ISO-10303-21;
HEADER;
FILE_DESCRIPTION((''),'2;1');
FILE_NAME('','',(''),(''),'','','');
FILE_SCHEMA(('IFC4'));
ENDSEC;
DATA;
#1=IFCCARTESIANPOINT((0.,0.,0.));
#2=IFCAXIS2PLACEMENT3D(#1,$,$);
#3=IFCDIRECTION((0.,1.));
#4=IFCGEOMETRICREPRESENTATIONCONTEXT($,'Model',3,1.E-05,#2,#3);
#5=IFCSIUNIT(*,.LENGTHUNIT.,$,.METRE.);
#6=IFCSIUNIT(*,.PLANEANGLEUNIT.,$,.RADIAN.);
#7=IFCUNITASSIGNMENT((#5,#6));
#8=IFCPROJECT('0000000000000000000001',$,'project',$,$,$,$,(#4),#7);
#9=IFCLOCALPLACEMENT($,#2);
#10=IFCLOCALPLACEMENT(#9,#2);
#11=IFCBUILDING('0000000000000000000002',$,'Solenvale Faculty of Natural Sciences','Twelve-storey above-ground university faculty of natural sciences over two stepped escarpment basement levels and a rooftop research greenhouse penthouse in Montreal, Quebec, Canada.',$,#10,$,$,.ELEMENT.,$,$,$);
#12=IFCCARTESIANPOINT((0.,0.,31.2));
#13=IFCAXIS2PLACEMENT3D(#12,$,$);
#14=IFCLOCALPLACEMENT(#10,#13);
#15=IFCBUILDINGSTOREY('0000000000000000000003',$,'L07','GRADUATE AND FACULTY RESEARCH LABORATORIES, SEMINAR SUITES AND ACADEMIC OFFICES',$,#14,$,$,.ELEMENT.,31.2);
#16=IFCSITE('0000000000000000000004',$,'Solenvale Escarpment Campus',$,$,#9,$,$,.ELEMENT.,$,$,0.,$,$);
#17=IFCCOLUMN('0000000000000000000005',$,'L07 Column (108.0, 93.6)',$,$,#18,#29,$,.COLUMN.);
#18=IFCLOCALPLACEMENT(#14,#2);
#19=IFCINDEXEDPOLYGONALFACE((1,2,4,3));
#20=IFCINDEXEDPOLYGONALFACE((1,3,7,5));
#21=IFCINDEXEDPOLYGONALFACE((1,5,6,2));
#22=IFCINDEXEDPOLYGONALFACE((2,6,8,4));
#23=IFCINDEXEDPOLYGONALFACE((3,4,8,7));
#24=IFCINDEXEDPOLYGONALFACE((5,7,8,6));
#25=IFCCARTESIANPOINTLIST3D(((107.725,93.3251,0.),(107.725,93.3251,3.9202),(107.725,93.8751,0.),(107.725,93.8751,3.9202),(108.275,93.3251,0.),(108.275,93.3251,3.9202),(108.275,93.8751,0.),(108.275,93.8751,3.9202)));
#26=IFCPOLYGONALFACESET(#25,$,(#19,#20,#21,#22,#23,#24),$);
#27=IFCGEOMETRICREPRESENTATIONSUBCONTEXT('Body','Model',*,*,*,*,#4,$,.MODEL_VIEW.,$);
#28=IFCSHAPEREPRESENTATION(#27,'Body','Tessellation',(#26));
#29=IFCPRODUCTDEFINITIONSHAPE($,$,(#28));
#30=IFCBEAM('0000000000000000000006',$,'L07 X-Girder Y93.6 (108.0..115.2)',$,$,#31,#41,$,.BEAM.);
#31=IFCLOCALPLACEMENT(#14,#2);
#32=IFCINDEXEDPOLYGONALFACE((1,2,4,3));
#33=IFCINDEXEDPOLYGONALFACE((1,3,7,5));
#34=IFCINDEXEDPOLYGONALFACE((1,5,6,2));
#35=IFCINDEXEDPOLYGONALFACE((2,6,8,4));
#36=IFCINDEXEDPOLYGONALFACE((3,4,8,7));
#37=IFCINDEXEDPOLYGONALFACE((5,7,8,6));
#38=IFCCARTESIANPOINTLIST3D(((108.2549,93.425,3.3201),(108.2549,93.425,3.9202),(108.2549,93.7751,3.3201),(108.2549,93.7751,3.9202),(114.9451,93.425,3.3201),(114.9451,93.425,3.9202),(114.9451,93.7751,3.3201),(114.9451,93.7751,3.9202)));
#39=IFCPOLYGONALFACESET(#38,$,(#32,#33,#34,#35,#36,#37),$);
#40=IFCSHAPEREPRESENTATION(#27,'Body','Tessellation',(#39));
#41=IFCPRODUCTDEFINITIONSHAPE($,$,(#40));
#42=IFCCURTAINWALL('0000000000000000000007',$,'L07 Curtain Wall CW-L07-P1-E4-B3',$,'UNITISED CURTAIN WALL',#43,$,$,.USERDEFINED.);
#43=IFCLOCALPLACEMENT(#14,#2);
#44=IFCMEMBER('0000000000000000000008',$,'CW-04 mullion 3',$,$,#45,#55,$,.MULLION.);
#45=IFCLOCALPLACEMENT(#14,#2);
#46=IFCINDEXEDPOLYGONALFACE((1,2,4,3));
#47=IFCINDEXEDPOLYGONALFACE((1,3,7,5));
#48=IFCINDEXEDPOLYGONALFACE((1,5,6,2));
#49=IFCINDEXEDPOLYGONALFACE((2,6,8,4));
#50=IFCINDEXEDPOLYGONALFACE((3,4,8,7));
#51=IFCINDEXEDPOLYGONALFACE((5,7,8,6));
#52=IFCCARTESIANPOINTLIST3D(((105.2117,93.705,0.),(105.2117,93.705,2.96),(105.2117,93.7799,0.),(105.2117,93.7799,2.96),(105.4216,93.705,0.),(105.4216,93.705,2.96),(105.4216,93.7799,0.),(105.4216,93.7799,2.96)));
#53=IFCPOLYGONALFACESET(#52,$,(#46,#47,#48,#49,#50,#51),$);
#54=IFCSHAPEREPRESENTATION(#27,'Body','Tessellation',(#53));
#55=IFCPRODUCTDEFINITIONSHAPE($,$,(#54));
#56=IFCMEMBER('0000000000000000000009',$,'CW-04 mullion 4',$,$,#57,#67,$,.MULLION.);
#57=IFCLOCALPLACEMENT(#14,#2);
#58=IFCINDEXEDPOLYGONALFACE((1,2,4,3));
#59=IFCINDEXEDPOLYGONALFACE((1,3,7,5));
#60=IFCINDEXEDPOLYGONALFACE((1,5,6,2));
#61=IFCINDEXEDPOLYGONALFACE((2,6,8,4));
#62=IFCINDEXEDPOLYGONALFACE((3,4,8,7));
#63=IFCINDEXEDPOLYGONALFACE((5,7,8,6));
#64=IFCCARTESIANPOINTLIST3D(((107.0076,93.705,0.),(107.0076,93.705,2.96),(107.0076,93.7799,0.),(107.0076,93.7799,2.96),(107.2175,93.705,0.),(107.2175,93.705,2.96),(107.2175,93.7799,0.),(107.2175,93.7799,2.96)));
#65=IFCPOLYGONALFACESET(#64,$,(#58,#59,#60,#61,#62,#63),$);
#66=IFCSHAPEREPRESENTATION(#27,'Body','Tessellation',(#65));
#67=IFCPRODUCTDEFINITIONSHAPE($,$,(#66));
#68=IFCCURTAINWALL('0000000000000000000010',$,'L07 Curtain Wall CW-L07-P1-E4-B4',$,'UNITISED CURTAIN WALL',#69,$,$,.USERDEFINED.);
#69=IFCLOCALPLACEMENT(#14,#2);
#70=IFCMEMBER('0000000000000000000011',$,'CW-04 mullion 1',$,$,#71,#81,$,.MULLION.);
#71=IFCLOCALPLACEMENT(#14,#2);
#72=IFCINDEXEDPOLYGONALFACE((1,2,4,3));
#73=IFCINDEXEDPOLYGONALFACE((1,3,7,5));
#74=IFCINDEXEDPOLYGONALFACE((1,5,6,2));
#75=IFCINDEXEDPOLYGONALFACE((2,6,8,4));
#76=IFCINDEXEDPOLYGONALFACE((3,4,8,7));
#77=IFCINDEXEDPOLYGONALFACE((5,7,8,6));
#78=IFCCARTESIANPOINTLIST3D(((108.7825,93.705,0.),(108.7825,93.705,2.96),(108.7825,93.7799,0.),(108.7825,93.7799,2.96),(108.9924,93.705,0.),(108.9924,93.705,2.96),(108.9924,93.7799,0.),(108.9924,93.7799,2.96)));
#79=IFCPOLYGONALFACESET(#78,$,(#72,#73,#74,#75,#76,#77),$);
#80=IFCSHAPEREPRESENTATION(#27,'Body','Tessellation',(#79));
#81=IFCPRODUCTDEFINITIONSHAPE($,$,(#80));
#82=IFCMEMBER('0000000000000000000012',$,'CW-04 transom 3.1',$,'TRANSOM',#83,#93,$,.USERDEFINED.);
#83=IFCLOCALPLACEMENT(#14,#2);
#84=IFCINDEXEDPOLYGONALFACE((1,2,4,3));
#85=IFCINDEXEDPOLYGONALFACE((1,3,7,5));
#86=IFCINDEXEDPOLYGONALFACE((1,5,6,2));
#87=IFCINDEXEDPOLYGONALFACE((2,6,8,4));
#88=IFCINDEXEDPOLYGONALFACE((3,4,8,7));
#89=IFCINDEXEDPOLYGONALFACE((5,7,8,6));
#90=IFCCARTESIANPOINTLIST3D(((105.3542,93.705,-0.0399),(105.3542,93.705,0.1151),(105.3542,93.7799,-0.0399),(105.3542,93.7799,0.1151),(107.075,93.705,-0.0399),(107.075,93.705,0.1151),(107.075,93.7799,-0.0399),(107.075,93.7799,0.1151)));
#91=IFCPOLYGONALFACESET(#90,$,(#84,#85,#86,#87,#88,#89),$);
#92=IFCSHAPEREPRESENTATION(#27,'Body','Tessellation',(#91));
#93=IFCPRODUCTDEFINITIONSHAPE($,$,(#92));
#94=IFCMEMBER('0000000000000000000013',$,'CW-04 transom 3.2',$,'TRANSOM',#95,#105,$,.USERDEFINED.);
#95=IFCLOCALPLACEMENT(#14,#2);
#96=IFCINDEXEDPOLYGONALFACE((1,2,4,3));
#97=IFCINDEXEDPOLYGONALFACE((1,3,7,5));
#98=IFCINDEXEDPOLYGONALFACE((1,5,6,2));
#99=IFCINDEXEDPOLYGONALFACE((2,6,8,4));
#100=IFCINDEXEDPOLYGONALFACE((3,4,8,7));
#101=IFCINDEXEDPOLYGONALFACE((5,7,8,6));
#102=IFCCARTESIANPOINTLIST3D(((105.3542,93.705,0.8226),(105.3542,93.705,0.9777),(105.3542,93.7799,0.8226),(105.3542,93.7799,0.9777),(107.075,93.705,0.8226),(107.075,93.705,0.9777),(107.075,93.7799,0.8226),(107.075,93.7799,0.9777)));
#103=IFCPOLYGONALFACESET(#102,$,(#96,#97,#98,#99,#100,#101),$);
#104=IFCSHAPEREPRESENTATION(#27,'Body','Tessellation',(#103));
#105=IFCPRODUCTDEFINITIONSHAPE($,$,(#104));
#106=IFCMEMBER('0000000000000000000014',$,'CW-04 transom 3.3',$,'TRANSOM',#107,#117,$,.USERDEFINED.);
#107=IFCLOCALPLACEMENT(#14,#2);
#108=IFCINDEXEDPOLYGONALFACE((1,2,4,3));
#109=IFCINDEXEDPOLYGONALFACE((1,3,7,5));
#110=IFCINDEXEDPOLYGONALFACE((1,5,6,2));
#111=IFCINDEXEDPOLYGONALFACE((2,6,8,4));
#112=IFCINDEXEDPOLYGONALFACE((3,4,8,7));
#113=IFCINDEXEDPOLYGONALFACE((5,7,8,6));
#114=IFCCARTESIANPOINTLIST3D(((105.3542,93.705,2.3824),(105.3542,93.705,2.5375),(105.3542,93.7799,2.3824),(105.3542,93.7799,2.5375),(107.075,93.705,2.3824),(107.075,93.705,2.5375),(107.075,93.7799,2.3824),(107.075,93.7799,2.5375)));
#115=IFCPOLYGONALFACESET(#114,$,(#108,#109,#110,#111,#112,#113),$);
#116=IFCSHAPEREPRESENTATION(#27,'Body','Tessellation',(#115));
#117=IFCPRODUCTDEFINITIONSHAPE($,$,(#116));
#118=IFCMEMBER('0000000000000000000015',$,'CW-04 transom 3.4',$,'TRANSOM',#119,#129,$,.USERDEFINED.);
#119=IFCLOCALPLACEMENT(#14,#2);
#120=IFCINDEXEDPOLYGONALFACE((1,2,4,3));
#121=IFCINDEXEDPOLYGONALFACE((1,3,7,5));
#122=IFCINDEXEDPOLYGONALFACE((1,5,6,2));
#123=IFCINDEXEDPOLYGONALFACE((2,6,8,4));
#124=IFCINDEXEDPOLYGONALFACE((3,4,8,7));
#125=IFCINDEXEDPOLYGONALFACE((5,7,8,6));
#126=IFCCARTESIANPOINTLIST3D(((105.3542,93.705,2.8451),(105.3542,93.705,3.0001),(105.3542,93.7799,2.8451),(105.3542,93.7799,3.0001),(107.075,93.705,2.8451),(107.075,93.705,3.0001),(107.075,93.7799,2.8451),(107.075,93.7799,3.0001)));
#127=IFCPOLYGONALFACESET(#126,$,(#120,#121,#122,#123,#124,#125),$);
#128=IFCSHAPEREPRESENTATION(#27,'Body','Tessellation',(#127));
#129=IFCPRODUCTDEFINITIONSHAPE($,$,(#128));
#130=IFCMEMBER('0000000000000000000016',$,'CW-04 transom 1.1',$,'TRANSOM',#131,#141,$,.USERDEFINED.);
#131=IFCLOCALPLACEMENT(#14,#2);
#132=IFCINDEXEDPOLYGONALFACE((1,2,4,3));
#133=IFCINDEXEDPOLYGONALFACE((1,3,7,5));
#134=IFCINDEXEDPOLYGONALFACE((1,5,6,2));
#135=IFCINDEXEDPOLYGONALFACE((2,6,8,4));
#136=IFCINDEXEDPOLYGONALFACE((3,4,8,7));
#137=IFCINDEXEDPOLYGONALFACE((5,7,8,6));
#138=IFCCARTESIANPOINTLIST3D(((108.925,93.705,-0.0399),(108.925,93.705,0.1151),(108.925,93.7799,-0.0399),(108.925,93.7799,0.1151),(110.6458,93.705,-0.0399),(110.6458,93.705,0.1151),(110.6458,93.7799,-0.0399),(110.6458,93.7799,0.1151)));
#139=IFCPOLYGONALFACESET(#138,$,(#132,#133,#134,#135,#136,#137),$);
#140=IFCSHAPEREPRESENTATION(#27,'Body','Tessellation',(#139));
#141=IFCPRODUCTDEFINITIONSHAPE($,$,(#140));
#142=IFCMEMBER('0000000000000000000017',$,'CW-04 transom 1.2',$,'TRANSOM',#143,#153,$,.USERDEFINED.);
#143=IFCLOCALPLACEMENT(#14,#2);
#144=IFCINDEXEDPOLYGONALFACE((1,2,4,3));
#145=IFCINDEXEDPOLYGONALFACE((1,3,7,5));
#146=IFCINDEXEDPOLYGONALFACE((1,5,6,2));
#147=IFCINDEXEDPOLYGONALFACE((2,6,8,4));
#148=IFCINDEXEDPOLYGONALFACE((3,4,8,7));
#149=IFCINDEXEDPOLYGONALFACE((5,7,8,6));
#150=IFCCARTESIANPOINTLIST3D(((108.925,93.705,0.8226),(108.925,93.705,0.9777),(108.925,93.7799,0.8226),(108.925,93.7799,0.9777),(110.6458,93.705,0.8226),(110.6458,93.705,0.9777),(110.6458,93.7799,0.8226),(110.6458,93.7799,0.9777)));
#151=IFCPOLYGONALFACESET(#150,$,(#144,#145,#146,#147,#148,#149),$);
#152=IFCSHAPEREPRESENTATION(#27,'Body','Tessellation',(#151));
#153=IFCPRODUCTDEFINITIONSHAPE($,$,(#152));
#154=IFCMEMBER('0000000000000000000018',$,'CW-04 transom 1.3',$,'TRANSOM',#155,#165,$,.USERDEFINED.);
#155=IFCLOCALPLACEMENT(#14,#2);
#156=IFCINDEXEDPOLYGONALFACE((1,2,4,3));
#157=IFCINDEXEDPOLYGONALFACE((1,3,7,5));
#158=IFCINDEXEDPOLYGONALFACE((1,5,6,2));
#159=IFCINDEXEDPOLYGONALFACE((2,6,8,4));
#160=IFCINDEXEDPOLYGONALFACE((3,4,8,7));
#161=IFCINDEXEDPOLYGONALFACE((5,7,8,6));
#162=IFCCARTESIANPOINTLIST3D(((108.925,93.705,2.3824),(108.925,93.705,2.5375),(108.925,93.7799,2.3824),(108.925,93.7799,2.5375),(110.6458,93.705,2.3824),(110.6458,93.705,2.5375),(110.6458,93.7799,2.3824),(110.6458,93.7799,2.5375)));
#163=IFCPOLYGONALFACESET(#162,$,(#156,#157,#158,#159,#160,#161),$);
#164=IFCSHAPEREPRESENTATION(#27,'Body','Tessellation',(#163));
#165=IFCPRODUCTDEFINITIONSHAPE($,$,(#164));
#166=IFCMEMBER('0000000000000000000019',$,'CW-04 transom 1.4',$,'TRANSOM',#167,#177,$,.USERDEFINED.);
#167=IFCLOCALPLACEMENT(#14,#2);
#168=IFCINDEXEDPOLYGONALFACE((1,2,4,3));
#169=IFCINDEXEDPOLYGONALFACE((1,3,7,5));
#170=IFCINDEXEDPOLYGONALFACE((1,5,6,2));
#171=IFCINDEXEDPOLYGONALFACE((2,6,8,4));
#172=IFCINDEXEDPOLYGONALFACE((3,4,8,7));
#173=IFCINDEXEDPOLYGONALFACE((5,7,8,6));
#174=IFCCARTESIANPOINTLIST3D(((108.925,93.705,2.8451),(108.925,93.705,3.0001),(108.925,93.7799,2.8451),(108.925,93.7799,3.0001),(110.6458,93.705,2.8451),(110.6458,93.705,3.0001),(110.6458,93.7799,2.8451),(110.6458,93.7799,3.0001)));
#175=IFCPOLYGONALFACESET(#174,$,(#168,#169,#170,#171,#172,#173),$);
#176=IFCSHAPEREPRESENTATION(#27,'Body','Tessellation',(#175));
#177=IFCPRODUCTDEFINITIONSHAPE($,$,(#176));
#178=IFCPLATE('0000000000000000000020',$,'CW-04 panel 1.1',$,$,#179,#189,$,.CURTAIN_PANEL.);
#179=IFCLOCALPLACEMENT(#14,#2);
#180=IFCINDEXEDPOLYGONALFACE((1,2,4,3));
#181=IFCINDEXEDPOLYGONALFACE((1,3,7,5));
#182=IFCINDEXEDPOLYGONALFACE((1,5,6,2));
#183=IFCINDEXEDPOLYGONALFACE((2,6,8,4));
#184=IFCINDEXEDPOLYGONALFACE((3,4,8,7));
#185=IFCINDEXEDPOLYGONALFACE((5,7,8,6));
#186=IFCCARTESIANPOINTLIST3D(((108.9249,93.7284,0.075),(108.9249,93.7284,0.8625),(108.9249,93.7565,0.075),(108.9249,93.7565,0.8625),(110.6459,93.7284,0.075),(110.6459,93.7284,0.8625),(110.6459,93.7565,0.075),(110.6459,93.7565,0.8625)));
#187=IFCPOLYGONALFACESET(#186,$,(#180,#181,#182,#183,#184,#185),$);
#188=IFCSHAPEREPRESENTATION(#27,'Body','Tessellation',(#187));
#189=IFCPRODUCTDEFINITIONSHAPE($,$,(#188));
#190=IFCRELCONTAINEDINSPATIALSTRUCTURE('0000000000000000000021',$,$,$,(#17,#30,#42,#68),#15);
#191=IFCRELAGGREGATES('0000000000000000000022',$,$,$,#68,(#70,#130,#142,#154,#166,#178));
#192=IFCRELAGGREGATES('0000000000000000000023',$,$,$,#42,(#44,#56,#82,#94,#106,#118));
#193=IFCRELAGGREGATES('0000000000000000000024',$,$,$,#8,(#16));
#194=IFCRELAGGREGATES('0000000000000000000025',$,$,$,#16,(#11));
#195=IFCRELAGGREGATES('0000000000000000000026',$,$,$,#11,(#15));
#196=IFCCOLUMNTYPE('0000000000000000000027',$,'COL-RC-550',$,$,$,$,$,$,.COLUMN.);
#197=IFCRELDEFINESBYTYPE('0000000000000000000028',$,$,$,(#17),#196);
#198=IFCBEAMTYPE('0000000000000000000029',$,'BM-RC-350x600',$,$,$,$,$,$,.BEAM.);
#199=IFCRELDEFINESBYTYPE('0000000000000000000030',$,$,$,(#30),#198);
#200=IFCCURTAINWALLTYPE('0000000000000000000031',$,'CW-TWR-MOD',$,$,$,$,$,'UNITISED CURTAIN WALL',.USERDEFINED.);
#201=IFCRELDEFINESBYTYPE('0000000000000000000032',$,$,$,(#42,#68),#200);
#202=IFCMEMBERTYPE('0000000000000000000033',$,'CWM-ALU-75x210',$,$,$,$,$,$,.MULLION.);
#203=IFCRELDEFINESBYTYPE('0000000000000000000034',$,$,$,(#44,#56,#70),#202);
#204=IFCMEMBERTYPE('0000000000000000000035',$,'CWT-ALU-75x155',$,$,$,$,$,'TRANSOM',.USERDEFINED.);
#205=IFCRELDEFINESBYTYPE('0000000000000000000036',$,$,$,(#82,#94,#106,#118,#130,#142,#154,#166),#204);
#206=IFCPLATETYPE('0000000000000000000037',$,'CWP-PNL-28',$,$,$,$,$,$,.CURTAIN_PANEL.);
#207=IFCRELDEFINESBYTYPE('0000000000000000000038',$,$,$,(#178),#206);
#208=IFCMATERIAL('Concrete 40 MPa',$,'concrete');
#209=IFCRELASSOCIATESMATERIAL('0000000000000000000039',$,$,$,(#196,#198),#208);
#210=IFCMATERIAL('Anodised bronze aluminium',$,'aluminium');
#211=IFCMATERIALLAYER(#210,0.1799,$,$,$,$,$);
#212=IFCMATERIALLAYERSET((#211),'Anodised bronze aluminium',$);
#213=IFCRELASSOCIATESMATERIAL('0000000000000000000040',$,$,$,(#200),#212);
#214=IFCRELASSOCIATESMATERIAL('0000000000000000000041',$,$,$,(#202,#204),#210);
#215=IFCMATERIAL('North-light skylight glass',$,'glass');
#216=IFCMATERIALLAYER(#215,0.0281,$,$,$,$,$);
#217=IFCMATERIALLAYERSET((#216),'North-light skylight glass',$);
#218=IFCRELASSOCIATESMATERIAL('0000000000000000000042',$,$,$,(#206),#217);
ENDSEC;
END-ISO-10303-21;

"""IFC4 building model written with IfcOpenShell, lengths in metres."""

from ifc_helpers import new_model, si_unit, direction, frame, origin, origin_2d, place, context, subcontext, project, spatial, rectangle, extrude, material, layer, layer_set, material_profile, profile_set, type_object, element, aggregate, save


model = new_model("IFC4")

# Units and contexts
model_context = context("Model", 3, precision=1e-05, world=origin(), true_north=direction((0.0, 1.0)))
body_context = subcontext(model_context, "Body", "Model", "MODEL_VIEW")
ifc_project = project(units=[si_unit("LENGTHUNIT", "METRE"), si_unit("PLANEANGLEUNIT", "RADIAN")], contexts=[model_context])

# Site, building, storey
site_placement = place(None, origin())
site = spatial("IfcSite", under=ifc_project, at=site_placement, Name="Solenvale Escarpment Campus", CompositionType="ELEMENT", RefElevation=0.0)
building_placement = place(site_placement, origin())
building = spatial("IfcBuilding", under=site, at=building_placement, Name="Solenvale Faculty of Natural Sciences", Description="Twelve-storey above-ground university faculty of natural sciences over two stepped escarpment basement levels and a rooftop research greenhouse penthouse in Montreal, Quebec, Canada.", CompositionType="ELEMENT")
storey_placement = place(building_placement, frame((0.0, 0.0, 31.2)))
storey = spatial("IfcBuildingStorey", under=building, at=storey_placement, Name="L07", Description="GRADUATE AND FACULTY RESEARCH LABORATORIES, SEMINAR SUITES AND ACADEMIC OFFICES", CompositionType="ELEMENT", Elevation=31.2)

# Column
ifc_material_1 = material(Name="Concrete 40 MPa", Category="concrete")
ifc_material_profile_1 = material_profile(ifc_material_1, rectangle(XDim=0.55, YDim=0.55, at=origin_2d()), Name="RC-COL-550x550")
ifc_profile_set_1 = profile_set([ifc_material_profile_1], Name="Concrete 40 MPa")
column_type = type_object("IfcColumnType", Name="COL-RC-550", PredefinedType="COLUMN", material=ifc_profile_set_1)
column_placement = place(storey_placement, frame((108.0, 93.6001, 0.0), z_axis=(0.0, 0.0, 1.0), x_axis=(1.0, 0.0, 0.0)))
element("IfcColumn", 1, at=column_placement, inside=storey, type_object=column_type, Name="L07 Column (108.0, 93.6)", PredefinedType="COLUMN", context=body_context, shape_type="SweptSolid", body=[
    extrude(rectangle(XDim=0.55, YDim=0.55, at=origin_2d()), origin(), (0.0, 0.0, 1.0), 3.9202),
])

# Beam
ifc_material_profile_2 = material_profile(ifc_material_1, rectangle(XDim=0.3501, YDim=0.6001, at=origin_2d()), Name="RC-BM-350x600")
ifc_profile_set_2 = profile_set([ifc_material_profile_2], Name="Concrete 40 MPa")
beam_type = type_object("IfcBeamType", Name="BM-RC-350x600", PredefinedType="BEAM", material=ifc_profile_set_2)
beam_placement = place(storey_placement, frame((108.2549, 93.6001, 3.6201), z_axis=(1.0, 0.0, 0.0), x_axis=(0.0, 1.0, 0.0)))
element("IfcBeam", 2, at=beam_placement, inside=storey, type_object=beam_type, Name="L07 X-Girder Y93.6 (108.0..115.2)", PredefinedType="BEAM", context=body_context, shape_type="SweptSolid", body=[
    extrude(rectangle(XDim=0.3501, YDim=0.6001, at=origin_2d()), origin(), (0.0, 0.0, 1.0), 6.6902),
])

# Curtain wall, members
ifc_material_2 = material(Name="Anodised bronze aluminium", Category="aluminium")
ifc_layer_1 = layer(ifc_material_2, 0.1799)
ifc_layer_set_1 = layer_set([ifc_layer_1], Name="Anodised bronze aluminium")
curtain_wall_type = type_object("IfcCurtainWallType", Name="CW-TWR-MOD", ElementType="UNITISED CURTAIN WALL", PredefinedType="USERDEFINED", material=ifc_layer_set_1)
curtain_wall_1_placement = place(storey_placement, origin())
curtain_wall_1 = element("IfcCurtainWall", 3, at=curtain_wall_1_placement, inside=storey, type_object=curtain_wall_type, Name="L07 Curtain Wall CW-L07-P1-E4-B3", ObjectType="UNITISED CURTAIN WALL", PredefinedType="USERDEFINED")
ifc_material_profile_3 = material_profile(ifc_material_2, rectangle(XDim=0.075, YDim=0.21, at=origin_2d()), Name="ALU-MUL-75x210")
ifc_profile_set_3 = profile_set([ifc_material_profile_3], Name="Anodised bronze aluminium")
member_type_1 = type_object("IfcMemberType", Name="CWM-ALU-75x210", PredefinedType="MULLION", material=ifc_profile_set_3)
member_1_placement = place(storey_placement, frame((105.3167, 93.7424, 0.0), z_axis=(0.0, 0.0, 1.0), x_axis=(0.0, 1.0, 0.0)))
member_1 = element("IfcMember", 4, at=member_1_placement, type_object=member_type_1, Name="CW-04 mullion 3", PredefinedType="MULLION", context=body_context, shape_type="SweptSolid", body=[
    extrude(rectangle(XDim=0.075, YDim=0.21, at=origin_2d()), origin(), (0.0, 0.0, 1.0), 2.96),
])
member_2_placement = place(storey_placement, frame((107.1125, 93.7424, 0.0), z_axis=(0.0, 0.0, 1.0), x_axis=(0.0, 1.0, 0.0)))
member_2 = element("IfcMember", 5, at=member_2_placement, type_object=member_type_1, Name="CW-04 mullion 4", PredefinedType="MULLION", context=body_context, shape_type="SweptSolid", body=[
    extrude(rectangle(XDim=0.075, YDim=0.21, at=origin_2d()), origin(), (0.0, 0.0, 1.0), 2.96),
])

# Curtain wall, member
curtain_wall_2_placement = place(storey_placement, origin())
curtain_wall_2 = element("IfcCurtainWall", 6, at=curtain_wall_2_placement, inside=storey, type_object=curtain_wall_type, Name="L07 Curtain Wall CW-L07-P1-E4-B4", ObjectType="UNITISED CURTAIN WALL", PredefinedType="USERDEFINED")
member_3_placement = place(storey_placement, frame((108.8875, 93.7424, 0.0), z_axis=(0.0, 0.0, 1.0), x_axis=(0.0, 1.0, 0.0)))
member_3 = element("IfcMember", 7, at=member_3_placement, type_object=member_type_1, Name="CW-04 mullion 1", PredefinedType="MULLION", context=body_context, shape_type="SweptSolid", body=[
    extrude(rectangle(XDim=0.075, YDim=0.21, at=origin_2d()), origin(), (0.0, 0.0, 1.0), 2.96),
])

# Members
ifc_material_profile_4 = material_profile(ifc_material_2, rectangle(XDim=0.075, YDim=0.155, at=origin_2d()), Name="ALU-TRN-75x155")
ifc_profile_set_4 = profile_set([ifc_material_profile_4], Name="Anodised bronze aluminium")
member_type_2 = type_object("IfcMemberType", Name="CWT-ALU-75x155", ElementType="TRANSOM", PredefinedType="USERDEFINED", material=ifc_profile_set_4)
member_4_placement = place(storey_placement, frame((105.3542, 93.7424, 0.0376), z_axis=(1.0, 0.0, 0.0), x_axis=(0.0, 1.0, 0.0)))
member_4 = element("IfcMember", 8, at=member_4_placement, type_object=member_type_2, Name="CW-04 transom 3.1", ObjectType="TRANSOM", PredefinedType="USERDEFINED", context=body_context, shape_type="SweptSolid", body=[
    extrude(rectangle(XDim=0.075, YDim=0.155, at=origin_2d()), origin(), (0.0, 0.0, 1.0), 1.7207),
])
member_5_placement = place(storey_placement, frame((105.3542, 93.7424, 0.9001), z_axis=(1.0, 0.0, 0.0), x_axis=(0.0, 1.0, 0.0)))
member_5 = element("IfcMember", 9, at=member_5_placement, type_object=member_type_2, Name="CW-04 transom 3.2", ObjectType="TRANSOM", PredefinedType="USERDEFINED", context=body_context, shape_type="SweptSolid", body=[
    extrude(rectangle(XDim=0.075, YDim=0.155, at=origin_2d()), origin(), (0.0, 0.0, 1.0), 1.7207),
])
member_6_placement = place(storey_placement, frame((105.3542, 93.7424, 2.46), z_axis=(1.0, 0.0, 0.0), x_axis=(0.0, 1.0, 0.0)))
member_6 = element("IfcMember", 10, at=member_6_placement, type_object=member_type_2, Name="CW-04 transom 3.3", ObjectType="TRANSOM", PredefinedType="USERDEFINED", context=body_context, shape_type="SweptSolid", body=[
    extrude(rectangle(XDim=0.075, YDim=0.155, at=origin_2d()), origin(), (0.0, 0.0, 1.0), 1.7207),
])
member_7_placement = place(storey_placement, frame((105.3542, 93.7424, 2.9226), z_axis=(1.0, 0.0, 0.0), x_axis=(0.0, 1.0, 0.0)))
member_7 = element("IfcMember", 11, at=member_7_placement, type_object=member_type_2, Name="CW-04 transom 3.4", ObjectType="TRANSOM", PredefinedType="USERDEFINED", context=body_context, shape_type="SweptSolid", body=[
    extrude(rectangle(XDim=0.075, YDim=0.155, at=origin_2d()), origin(), (0.0, 0.0, 1.0), 1.7207),
])
member_8_placement = place(storey_placement, frame((108.925, 93.7424, 0.0376), z_axis=(1.0, 0.0, 0.0), x_axis=(0.0, 1.0, 0.0)))
member_8 = element("IfcMember", 12, at=member_8_placement, type_object=member_type_2, Name="CW-04 transom 1.1", ObjectType="TRANSOM", PredefinedType="USERDEFINED", context=body_context, shape_type="SweptSolid", body=[
    extrude(rectangle(XDim=0.075, YDim=0.155, at=origin_2d()), origin(), (0.0, 0.0, 1.0), 1.7207),
])
member_9_placement = place(storey_placement, frame((108.925, 93.7424, 0.9001), z_axis=(1.0, 0.0, 0.0), x_axis=(0.0, 1.0, 0.0)))
member_9 = element("IfcMember", 13, at=member_9_placement, type_object=member_type_2, Name="CW-04 transom 1.2", ObjectType="TRANSOM", PredefinedType="USERDEFINED", context=body_context, shape_type="SweptSolid", body=[
    extrude(rectangle(XDim=0.075, YDim=0.155, at=origin_2d()), origin(), (0.0, 0.0, 1.0), 1.7207),
])
member_10_placement = place(storey_placement, frame((108.925, 93.7424, 2.46), z_axis=(1.0, 0.0, 0.0), x_axis=(0.0, 1.0, 0.0)))
member_10 = element("IfcMember", 14, at=member_10_placement, type_object=member_type_2, Name="CW-04 transom 1.3", ObjectType="TRANSOM", PredefinedType="USERDEFINED", context=body_context, shape_type="SweptSolid", body=[
    extrude(rectangle(XDim=0.075, YDim=0.155, at=origin_2d()), origin(), (0.0, 0.0, 1.0), 1.7207),
])
member_11_placement = place(storey_placement, frame((108.925, 93.7424, 2.9226), z_axis=(1.0, 0.0, 0.0), x_axis=(0.0, 1.0, 0.0)))
member_11 = element("IfcMember", 15, at=member_11_placement, type_object=member_type_2, Name="CW-04 transom 1.4", ObjectType="TRANSOM", PredefinedType="USERDEFINED", context=body_context, shape_type="SweptSolid", body=[
    extrude(rectangle(XDim=0.075, YDim=0.155, at=origin_2d()), origin(), (0.0, 0.0, 1.0), 1.7207),
])

# Plate
ifc_material_3 = material(Name="North-light skylight glass", Category="glass")
ifc_layer_2 = layer(ifc_material_3, 0.0281)
ifc_layer_set_2 = layer_set([ifc_layer_2], Name="North-light skylight glass")
plate_type_1 = type_object("IfcPlateType", Name="CWP-PNL-28", PredefinedType="CURTAIN_PANEL", material=ifc_layer_set_2)
plate_1_placement = place(storey_placement, frame((109.7854, 93.7424, 0.075), z_axis=(0.0, 0.0, 1.0), x_axis=(1.0, 0.0, 0.0)))
plate_1 = element("IfcPlate", 16, at=plate_1_placement, type_object=plate_type_1, Name="CW-04 panel 1.1", PredefinedType="CURTAIN_PANEL", context=body_context, shape_type="SweptSolid", body=[
    extrude(rectangle(XDim=1.7209, YDim=0.0281, at=origin_2d()), origin(), (0.0, 0.0, 1.0), 0.7876),
])
aggregate(curtain_wall_2, [member_3, member_8, member_9, member_10, member_11, plate_1])
aggregate(curtain_wall_1, [member_1, member_2, member_4, member_5, member_6, member_7])

save(model, "model.ifc")
